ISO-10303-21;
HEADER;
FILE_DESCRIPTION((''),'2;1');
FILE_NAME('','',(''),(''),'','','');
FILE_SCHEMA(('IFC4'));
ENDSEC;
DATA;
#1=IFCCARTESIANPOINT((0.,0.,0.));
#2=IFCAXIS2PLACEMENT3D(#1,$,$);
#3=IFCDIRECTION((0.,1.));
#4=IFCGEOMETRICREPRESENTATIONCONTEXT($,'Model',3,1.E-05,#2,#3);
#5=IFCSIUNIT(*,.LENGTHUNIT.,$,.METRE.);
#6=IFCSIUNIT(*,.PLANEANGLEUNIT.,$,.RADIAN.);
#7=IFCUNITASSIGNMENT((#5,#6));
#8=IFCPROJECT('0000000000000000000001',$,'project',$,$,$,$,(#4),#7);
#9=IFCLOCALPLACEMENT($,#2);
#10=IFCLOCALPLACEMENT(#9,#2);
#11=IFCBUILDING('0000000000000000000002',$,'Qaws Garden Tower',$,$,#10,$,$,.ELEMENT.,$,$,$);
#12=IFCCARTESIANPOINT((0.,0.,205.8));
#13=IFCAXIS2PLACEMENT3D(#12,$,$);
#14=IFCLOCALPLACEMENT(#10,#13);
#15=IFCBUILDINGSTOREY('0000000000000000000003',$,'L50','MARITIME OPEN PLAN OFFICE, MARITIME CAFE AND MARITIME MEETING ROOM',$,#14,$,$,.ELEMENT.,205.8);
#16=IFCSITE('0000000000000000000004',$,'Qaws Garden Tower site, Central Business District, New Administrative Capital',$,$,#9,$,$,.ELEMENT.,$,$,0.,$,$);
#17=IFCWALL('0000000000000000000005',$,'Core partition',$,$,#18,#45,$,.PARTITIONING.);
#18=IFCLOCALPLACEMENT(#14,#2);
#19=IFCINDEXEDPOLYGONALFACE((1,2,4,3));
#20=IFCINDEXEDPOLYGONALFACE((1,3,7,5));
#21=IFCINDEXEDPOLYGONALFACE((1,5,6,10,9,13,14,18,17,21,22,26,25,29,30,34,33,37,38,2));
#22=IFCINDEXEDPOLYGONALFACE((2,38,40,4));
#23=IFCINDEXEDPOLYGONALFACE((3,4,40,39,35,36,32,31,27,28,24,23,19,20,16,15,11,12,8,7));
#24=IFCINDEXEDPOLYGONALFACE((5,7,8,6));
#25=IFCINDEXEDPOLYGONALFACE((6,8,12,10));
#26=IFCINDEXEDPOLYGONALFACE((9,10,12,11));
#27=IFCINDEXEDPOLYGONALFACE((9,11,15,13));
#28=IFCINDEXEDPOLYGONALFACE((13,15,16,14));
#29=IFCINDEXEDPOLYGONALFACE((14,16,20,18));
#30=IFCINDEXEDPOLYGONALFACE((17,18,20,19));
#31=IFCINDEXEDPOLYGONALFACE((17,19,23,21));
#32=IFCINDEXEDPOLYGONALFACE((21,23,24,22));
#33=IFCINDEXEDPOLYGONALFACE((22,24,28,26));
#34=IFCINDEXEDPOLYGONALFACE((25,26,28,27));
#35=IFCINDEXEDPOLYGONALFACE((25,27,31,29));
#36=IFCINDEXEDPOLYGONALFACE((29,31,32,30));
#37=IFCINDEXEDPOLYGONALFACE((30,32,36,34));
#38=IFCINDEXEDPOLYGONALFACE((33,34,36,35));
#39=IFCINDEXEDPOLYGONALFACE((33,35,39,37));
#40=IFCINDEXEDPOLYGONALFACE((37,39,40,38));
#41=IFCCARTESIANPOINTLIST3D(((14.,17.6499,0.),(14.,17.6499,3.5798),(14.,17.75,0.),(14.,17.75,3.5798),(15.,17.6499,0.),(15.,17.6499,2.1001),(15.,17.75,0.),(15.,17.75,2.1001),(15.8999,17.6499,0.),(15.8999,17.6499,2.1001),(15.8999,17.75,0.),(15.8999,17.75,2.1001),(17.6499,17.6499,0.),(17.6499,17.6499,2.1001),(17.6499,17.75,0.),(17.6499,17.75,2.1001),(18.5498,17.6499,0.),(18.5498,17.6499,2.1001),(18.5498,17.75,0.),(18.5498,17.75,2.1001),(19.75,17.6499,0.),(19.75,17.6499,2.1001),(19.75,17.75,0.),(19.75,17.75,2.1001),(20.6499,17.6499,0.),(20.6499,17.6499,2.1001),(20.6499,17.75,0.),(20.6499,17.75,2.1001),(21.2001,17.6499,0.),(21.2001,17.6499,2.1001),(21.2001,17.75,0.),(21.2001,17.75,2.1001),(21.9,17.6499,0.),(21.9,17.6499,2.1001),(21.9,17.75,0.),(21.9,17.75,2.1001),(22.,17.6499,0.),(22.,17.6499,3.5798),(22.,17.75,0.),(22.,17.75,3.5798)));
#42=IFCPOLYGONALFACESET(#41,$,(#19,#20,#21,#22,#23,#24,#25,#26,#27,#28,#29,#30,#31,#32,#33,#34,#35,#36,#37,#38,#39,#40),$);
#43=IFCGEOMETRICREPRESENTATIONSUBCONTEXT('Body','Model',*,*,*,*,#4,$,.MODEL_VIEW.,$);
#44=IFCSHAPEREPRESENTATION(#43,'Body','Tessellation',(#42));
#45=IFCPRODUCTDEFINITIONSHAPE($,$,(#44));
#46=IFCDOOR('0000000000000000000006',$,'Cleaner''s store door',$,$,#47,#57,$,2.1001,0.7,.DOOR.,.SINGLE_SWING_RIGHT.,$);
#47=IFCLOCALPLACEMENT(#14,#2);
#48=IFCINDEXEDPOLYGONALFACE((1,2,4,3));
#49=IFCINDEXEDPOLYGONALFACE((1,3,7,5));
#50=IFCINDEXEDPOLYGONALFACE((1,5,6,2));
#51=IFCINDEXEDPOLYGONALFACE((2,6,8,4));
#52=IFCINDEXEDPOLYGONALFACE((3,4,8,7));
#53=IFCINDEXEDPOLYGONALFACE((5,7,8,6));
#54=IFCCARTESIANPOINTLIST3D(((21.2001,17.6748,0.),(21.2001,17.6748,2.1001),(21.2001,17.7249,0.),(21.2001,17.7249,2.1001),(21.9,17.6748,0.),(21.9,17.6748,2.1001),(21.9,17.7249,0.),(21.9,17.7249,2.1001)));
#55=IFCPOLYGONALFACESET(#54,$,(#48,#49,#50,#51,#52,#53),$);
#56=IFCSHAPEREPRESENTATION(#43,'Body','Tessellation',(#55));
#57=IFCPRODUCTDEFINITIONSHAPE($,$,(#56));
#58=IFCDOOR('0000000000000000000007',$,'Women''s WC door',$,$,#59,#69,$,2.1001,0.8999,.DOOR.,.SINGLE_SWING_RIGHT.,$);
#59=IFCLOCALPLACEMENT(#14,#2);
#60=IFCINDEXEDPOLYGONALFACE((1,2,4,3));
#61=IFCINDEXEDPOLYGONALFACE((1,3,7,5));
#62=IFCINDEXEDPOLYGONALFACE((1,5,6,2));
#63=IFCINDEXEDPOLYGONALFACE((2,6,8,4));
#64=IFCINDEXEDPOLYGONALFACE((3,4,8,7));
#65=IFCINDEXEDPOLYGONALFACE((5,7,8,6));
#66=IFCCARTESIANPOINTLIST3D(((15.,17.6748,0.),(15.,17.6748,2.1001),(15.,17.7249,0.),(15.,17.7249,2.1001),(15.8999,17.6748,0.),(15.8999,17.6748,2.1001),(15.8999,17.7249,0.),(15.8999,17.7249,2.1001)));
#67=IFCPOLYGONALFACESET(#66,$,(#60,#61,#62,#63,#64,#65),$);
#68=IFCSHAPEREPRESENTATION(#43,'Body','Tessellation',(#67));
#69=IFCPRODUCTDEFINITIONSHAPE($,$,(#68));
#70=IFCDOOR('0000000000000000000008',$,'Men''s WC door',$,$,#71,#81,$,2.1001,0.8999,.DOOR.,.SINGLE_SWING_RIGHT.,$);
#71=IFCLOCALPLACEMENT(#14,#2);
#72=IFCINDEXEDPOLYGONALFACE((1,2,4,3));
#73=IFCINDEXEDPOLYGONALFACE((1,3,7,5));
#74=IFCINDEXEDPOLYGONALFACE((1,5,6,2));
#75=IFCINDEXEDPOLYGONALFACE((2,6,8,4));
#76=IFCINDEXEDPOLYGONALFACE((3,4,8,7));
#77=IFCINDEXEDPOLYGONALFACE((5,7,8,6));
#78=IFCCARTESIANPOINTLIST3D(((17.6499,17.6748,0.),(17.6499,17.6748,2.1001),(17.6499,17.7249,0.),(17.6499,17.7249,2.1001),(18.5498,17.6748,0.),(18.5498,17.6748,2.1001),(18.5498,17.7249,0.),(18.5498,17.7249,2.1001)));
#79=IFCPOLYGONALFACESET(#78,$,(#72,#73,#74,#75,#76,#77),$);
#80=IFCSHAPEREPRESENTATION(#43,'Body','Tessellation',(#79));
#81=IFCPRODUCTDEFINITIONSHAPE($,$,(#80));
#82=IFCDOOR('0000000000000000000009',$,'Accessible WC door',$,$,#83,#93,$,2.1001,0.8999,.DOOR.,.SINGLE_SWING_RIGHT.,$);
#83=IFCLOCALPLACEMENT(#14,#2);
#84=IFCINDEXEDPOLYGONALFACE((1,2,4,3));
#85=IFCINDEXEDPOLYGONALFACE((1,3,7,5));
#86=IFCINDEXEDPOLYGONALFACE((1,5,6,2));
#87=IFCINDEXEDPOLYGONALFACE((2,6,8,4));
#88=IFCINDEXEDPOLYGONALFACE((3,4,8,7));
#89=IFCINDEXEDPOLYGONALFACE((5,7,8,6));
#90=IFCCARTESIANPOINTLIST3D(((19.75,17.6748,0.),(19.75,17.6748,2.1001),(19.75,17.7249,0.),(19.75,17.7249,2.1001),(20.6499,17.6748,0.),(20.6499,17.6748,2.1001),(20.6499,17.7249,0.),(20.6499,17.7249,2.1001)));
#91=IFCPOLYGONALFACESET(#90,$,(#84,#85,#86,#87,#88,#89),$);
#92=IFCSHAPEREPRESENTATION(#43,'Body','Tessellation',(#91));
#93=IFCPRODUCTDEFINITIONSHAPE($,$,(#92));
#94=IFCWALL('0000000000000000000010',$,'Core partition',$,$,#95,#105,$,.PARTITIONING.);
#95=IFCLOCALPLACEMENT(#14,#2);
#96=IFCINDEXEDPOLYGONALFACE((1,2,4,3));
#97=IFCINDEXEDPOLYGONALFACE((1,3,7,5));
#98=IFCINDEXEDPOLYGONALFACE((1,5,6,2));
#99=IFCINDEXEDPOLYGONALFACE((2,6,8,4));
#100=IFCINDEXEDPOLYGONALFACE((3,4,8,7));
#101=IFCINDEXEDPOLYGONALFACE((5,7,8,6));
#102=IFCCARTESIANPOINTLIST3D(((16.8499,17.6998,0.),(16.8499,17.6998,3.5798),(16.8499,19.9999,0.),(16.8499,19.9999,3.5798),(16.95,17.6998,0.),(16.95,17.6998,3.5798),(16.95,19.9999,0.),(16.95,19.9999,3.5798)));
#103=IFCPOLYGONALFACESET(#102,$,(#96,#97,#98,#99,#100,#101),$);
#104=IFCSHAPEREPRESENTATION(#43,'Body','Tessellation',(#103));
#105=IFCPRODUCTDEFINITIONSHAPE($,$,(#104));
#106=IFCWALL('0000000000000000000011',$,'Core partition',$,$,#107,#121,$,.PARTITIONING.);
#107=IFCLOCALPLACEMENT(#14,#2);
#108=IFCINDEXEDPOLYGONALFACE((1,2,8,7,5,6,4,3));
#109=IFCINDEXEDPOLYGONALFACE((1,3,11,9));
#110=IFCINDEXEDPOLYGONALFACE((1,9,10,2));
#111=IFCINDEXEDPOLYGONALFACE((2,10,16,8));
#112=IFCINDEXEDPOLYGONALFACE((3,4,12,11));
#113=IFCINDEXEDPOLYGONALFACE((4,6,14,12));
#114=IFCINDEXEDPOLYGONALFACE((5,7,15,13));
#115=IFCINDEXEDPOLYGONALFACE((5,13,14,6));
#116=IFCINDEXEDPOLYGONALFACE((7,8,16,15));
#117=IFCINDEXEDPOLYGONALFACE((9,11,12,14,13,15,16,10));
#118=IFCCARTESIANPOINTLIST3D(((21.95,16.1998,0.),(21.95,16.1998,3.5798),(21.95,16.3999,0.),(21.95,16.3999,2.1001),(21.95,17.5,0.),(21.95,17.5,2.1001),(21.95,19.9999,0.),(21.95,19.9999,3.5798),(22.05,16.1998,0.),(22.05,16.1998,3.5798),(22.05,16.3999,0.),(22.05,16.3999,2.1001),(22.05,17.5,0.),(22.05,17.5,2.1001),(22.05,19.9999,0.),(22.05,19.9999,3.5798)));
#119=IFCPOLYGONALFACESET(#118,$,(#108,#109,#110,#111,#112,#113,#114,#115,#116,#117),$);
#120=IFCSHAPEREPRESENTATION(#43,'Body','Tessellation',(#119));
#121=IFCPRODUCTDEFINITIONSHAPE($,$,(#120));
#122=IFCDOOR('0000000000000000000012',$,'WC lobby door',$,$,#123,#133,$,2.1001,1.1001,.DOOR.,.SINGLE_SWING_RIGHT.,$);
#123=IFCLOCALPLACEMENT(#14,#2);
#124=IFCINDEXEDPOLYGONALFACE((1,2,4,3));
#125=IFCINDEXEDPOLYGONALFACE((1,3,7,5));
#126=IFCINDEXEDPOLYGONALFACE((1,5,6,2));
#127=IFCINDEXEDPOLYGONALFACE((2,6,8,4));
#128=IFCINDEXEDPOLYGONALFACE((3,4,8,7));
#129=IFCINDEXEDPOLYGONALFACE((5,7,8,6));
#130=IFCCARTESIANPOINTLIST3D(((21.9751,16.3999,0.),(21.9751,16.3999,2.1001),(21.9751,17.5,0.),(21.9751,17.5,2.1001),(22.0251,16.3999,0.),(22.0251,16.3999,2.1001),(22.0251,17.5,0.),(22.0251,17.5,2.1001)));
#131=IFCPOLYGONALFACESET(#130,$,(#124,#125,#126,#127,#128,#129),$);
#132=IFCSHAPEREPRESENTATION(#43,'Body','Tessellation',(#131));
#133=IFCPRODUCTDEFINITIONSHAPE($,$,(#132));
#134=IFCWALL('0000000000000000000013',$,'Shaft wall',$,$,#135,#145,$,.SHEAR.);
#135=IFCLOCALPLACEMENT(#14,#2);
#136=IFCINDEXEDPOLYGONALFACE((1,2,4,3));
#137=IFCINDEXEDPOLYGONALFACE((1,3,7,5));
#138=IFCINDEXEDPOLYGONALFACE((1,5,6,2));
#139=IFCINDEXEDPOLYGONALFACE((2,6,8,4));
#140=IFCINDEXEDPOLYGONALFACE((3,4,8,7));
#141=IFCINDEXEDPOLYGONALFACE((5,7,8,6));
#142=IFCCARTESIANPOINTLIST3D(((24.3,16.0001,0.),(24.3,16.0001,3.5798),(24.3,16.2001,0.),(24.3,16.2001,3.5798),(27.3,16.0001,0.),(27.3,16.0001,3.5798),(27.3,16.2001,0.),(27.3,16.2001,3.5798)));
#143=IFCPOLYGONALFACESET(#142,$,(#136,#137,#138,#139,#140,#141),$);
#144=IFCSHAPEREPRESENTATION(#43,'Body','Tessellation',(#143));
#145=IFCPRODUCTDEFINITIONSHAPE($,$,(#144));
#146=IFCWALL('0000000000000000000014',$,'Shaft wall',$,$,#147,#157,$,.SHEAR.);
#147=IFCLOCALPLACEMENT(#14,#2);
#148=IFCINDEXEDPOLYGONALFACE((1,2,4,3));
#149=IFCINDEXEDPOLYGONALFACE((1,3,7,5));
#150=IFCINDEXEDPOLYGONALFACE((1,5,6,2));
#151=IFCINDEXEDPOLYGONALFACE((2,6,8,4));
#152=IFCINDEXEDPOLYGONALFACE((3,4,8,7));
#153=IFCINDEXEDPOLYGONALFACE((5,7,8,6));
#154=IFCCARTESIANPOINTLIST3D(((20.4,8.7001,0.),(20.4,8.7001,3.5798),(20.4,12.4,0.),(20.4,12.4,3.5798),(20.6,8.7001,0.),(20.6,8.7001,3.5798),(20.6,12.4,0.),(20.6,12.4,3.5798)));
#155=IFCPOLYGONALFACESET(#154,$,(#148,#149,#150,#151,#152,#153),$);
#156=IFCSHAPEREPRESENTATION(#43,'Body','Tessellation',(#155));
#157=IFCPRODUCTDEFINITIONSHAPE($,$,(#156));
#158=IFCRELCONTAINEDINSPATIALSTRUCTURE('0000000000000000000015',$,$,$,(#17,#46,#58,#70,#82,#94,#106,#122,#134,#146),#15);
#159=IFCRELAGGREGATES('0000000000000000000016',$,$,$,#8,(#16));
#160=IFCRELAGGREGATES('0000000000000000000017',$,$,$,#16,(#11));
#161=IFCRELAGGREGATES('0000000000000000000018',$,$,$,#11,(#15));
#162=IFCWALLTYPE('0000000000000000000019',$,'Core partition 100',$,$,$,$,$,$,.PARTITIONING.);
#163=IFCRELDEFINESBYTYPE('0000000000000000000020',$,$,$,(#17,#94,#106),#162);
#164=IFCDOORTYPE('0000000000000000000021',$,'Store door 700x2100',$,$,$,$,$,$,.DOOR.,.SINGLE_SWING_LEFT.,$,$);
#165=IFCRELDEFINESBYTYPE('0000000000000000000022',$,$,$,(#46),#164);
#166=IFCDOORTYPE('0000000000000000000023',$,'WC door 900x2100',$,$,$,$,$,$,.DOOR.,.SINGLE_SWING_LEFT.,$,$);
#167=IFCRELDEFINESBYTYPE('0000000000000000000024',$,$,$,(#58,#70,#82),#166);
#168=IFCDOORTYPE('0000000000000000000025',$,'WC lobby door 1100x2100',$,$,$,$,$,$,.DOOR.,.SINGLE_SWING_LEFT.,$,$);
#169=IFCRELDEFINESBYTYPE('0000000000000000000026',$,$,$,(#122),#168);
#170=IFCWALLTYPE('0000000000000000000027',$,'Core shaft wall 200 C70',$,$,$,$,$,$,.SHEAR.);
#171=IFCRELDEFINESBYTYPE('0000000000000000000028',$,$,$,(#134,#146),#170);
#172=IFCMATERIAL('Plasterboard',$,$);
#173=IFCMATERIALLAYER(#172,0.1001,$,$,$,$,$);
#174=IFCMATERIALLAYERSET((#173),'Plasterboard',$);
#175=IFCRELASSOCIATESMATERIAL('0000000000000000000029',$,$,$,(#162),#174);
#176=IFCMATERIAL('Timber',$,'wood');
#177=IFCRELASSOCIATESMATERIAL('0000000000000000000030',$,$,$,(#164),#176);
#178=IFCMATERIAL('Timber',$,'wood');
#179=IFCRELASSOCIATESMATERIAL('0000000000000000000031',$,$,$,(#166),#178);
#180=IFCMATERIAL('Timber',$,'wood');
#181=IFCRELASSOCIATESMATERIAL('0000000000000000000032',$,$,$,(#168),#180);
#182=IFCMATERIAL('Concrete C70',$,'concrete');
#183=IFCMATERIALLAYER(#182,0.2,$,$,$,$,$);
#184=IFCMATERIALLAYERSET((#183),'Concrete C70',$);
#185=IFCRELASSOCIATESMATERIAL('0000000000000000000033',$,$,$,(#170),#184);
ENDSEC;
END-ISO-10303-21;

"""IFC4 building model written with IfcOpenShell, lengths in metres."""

from ifc_helpers import new_model, si_unit, direction, frame, frame_2d, origin, place, context, subcontext, project, spatial, rectangle, extrude, material, layer, layer_set, type_object, element, fill, save


model = new_model("IFC4")

# Units and contexts
model_context = context("Model", 3, precision=1e-05, world=origin(), true_north=direction((0.0, 1.0)))
body_context = subcontext(model_context, "Body", "Model", "MODEL_VIEW")
ifc_project = project(units=[si_unit("LENGTHUNIT", "METRE"), si_unit("PLANEANGLEUNIT", "RADIAN")], contexts=[model_context])

# Site, building, storey
site_placement = place(None, origin())
site = spatial("IfcSite", under=ifc_project, at=site_placement, Name="Qaws Garden Tower site, Central Business District, New Administrative Capital", CompositionType="ELEMENT", RefElevation=0.0)
building_placement = place(site_placement, origin())
building = spatial("IfcBuilding", under=site, at=building_placement, Name="Qaws Garden Tower", CompositionType="ELEMENT")
storey_placement = place(building_placement, frame((0.0, 0.0, 205.8)))
storey = spatial("IfcBuildingStorey", under=building, at=storey_placement, Name="L50", Description="MARITIME OPEN PLAN OFFICE, MARITIME CAFE AND MARITIME MEETING ROOM", CompositionType="ELEMENT", Elevation=205.8)

# Wall, openings, doors
ifc_material_1 = material(Name="Plasterboard")
ifc_layer_1 = layer(ifc_material_1, 0.1001)
ifc_layer_set_1 = layer_set([ifc_layer_1], Name="Plasterboard")
wall_type_1 = type_object("IfcWallType", Name="Core partition 100", PredefinedType="PARTITIONING", material=ifc_layer_set_1)
wall_1_placement = place(storey_placement, frame((14.0, 17.7, 0.0), z_axis=(0.0, 0.0, 1.0), x_axis=(1.0, 0.0, 0.0)))
wall_1 = element("IfcWall", 1, at=wall_1_placement, inside=storey, type_object=wall_type_1, Name="Core partition", PredefinedType="PARTITIONING", context=body_context, shape_type="SweptSolid", body=[
    extrude(rectangle(XDim=8.0, YDim=0.1001, at=frame_2d((4.0, 0.0))), origin(), (0.0, 0.0, 1.0), 3.5798),
])
opening_1_placement = place(wall_1_placement, frame((1.0, 0.0, 0.0)))
opening_1 = element("IfcOpeningElement", 2, at=opening_1_placement, cuts=wall_1, PredefinedType="OPENING", context=body_context, shape_type="SweptSolid", body=[
    extrude(rectangle(XDim=0.8999, YDim=2.1001, at=frame_2d((0.45, 1.05))), frame((0.0, 0.0601, 0.0), z_axis=(0.0, -1.0, 0.0), x_axis=(1.0, 0.0, 0.0)), (0.0, 0.0, 1.0), 0.1201),
])
opening_2_placement = place(wall_1_placement, frame((3.6499, 0.0, 0.0)))
opening_2 = element("IfcOpeningElement", 3, at=opening_2_placement, cuts=wall_1, PredefinedType="OPENING", context=body_context, shape_type="SweptSolid", body=[
    extrude(rectangle(XDim=0.8999, YDim=2.1001, at=frame_2d((0.45, 1.05))), frame((0.0, 0.0601, 0.0), z_axis=(0.0, -1.0, 0.0), x_axis=(1.0, 0.0, 0.0)), (0.0, 0.0, 1.0), 0.1201),
])
opening_3_placement = place(wall_1_placement, frame((5.75, 0.0, 0.0)))
opening_3 = element("IfcOpeningElement", 4, at=opening_3_placement, cuts=wall_1, PredefinedType="OPENING", context=body_context, shape_type="SweptSolid", body=[
    extrude(rectangle(XDim=0.8999, YDim=2.1001, at=frame_2d((0.45, 1.05))), frame((0.0, 0.0601, 0.0), z_axis=(0.0, -1.0, 0.0), x_axis=(1.0, 0.0, 0.0)), (0.0, 0.0, 1.0), 0.1201),
])
opening_4_placement = place(wall_1_placement, frame((7.2, 0.0, 0.0)))
opening_4 = element("IfcOpeningElement", 5, at=opening_4_placement, cuts=wall_1, PredefinedType="OPENING", context=body_context, shape_type="SweptSolid", body=[
    extrude(rectangle(XDim=0.7, YDim=2.1001, at=frame_2d((0.3501, 1.05))), frame((0.0, 0.0601, 0.0), z_axis=(0.0, -1.0, 0.0), x_axis=(1.0, 0.0, 0.0)), (0.0, 0.0, 1.0), 0.1201),
])
ifc_material_2 = material(Name="Timber", Category="wood")
door_type_1 = type_object("IfcDoorType", Name="Store door 700x2100", OperationType="SINGLE_SWING_LEFT", PredefinedType="DOOR", material=ifc_material_2)
door_1_placement = place(opening_4_placement, origin())
door_1 = element("IfcDoor", 6, at=door_1_placement, inside=storey, type_object=door_type_1, Name="Cleaner's store door", OperationType="SINGLE_SWING_RIGHT", OverallHeight=2.1001, OverallWidth=0.7, PredefinedType="DOOR", context=body_context, shape_type="SweptSolid", body=[
    extrude(rectangle(XDim=0.7, YDim=2.1001, at=frame_2d((0.3501, 1.05))), frame((0.0, 0.0249, 0.0), z_axis=(0.0, -1.0, 0.0), x_axis=(1.0, 0.0, 0.0)), (0.0, 0.0, 1.0), 0.05),
])
fill(opening_4, door_1)
ifc_material_3 = material(Name="Timber", Category="wood")
door_type_2 = type_object("IfcDoorType", Name="WC door 900x2100", OperationType="SINGLE_SWING_LEFT", PredefinedType="DOOR", material=ifc_material_3)
door_2_placement = place(opening_1_placement, origin())
door_2 = element("IfcDoor", 7, at=door_2_placement, inside=storey, type_object=door_type_2, Name="Women's WC door", OperationType="SINGLE_SWING_RIGHT", OverallHeight=2.1001, OverallWidth=0.8999, PredefinedType="DOOR", context=body_context, shape_type="SweptSolid", body=[
    extrude(rectangle(XDim=0.8999, YDim=2.1001, at=frame_2d((0.45, 1.05))), frame((0.0, 0.0249, 0.0), z_axis=(0.0, -1.0, 0.0), x_axis=(1.0, 0.0, 0.0)), (0.0, 0.0, 1.0), 0.05),
])
fill(opening_1, door_2)
door_3_placement = place(opening_2_placement, origin())
door_3 = element("IfcDoor", 8, at=door_3_placement, inside=storey, type_object=door_type_2, Name="Men's WC door", OperationType="SINGLE_SWING_RIGHT", OverallHeight=2.1001, OverallWidth=0.8999, PredefinedType="DOOR", context=body_context, shape_type="SweptSolid", body=[
    extrude(rectangle(XDim=0.8999, YDim=2.1001, at=frame_2d((0.45, 1.05))), frame((0.0, 0.0249, 0.0), z_axis=(0.0, -1.0, 0.0), x_axis=(1.0, 0.0, 0.0)), (0.0, 0.0, 1.0), 0.05),
])
fill(opening_2, door_3)
door_4_placement = place(opening_3_placement, origin())
door_4 = element("IfcDoor", 9, at=door_4_placement, inside=storey, type_object=door_type_2, Name="Accessible WC door", OperationType="SINGLE_SWING_RIGHT", OverallHeight=2.1001, OverallWidth=0.8999, PredefinedType="DOOR", context=body_context, shape_type="SweptSolid", body=[
    extrude(rectangle(XDim=0.8999, YDim=2.1001, at=frame_2d((0.45, 1.05))), frame((0.0, 0.0249, 0.0), z_axis=(0.0, -1.0, 0.0), x_axis=(1.0, 0.0, 0.0)), (0.0, 0.0, 1.0), 0.05),
])
fill(opening_3, door_4)

# Wall
wall_2_placement = place(storey_placement, frame((16.8999, 17.7, 0.0), z_axis=(0.0, 0.0, 1.0), x_axis=(0.0, 1.0, 0.0)))
element("IfcWall", 10, at=wall_2_placement, inside=storey, type_object=wall_type_1, Name="Core partition", PredefinedType="PARTITIONING", context=body_context, shape_type="SweptSolid", body=[
    extrude(rectangle(XDim=2.3, YDim=0.1001, at=frame_2d((1.1499, 0.0))), origin(), (0.0, 0.0, 1.0), 3.5798),
])

# Wall, opening, door
wall_3_placement = place(storey_placement, frame((22.0, 16.2, 0.0), z_axis=(0.0, 0.0, 1.0), x_axis=(0.0, 1.0, 0.0)))
wall_3 = element("IfcWall", 11, at=wall_3_placement, inside=storey, type_object=wall_type_1, Name="Core partition", PredefinedType="PARTITIONING", context=body_context, shape_type="SweptSolid", body=[
    extrude(rectangle(XDim=3.8, YDim=0.1001, at=frame_2d((1.8999, 0.0))), origin(), (0.0, 0.0, 1.0), 3.5798),
])
opening_5_placement = place(wall_3_placement, frame((0.2, 0.0, 0.0)))
opening_5 = element("IfcOpeningElement", 12, at=opening_5_placement, cuts=wall_3, PredefinedType="OPENING", context=body_context, shape_type="SweptSolid", body=[
    extrude(rectangle(XDim=1.1001, YDim=2.1001, at=frame_2d((0.55, 1.05))), frame((0.0, 0.0601, 0.0), z_axis=(0.0, -1.0, 0.0), x_axis=(1.0, 0.0, 0.0)), (0.0, 0.0, 1.0), 0.1201),
])
ifc_material_4 = material(Name="Timber", Category="wood")
door_type_3 = type_object("IfcDoorType", Name="WC lobby door 1100x2100", OperationType="SINGLE_SWING_LEFT", PredefinedType="DOOR", material=ifc_material_4)
door_5_placement = place(opening_5_placement, origin())
door_5 = element("IfcDoor", 13, at=door_5_placement, inside=storey, type_object=door_type_3, Name="WC lobby door", OperationType="SINGLE_SWING_RIGHT", OverallHeight=2.1001, OverallWidth=1.1001, PredefinedType="DOOR", context=body_context, shape_type="SweptSolid", body=[
    extrude(rectangle(XDim=1.1001, YDim=2.1001, at=frame_2d((0.55, 1.05))), frame((0.0, 0.0249, 0.0), z_axis=(0.0, -1.0, 0.0), x_axis=(1.0, 0.0, 0.0)), (0.0, 0.0, 1.0), 0.05),
])
fill(opening_5, door_5)

# Walls
ifc_material_5 = material(Name="Concrete C70", Category="concrete")
ifc_layer_2 = layer(ifc_material_5, 0.2)
ifc_layer_set_2 = layer_set([ifc_layer_2], Name="Concrete C70")
wall_type_2 = type_object("IfcWallType", Name="Core shaft wall 200 C70", PredefinedType="SHEAR", material=ifc_layer_set_2)
wall_4_placement = place(storey_placement, frame((24.3, 16.1001, 0.0), z_axis=(0.0, 0.0, 1.0), x_axis=(1.0, 0.0, 0.0)))
element("IfcWall", 14, at=wall_4_placement, inside=storey, type_object=wall_type_2, Name="Shaft wall", PredefinedType="SHEAR", context=body_context, shape_type="SweptSolid", body=[
    extrude(rectangle(XDim=3.0, YDim=0.2, at=frame_2d((1.5, 0.0))), origin(), (0.0, 0.0, 1.0), 3.5798),
])
wall_5_placement = place(storey_placement, frame((20.5, 8.7, 0.0), z_axis=(0.0, 0.0, 1.0), x_axis=(0.0, 1.0, 0.0)))
element("IfcWall", 15, at=wall_5_placement, inside=storey, type_object=wall_type_2, Name="Shaft wall", PredefinedType="SHEAR", context=body_context, shape_type="SweptSolid", body=[
    extrude(rectangle(XDim=3.7, YDim=0.2, at=frame_2d((1.8501, 0.0))), origin(), (0.0, 0.0, 1.0), 3.5798),
])

save(model, "model.ifc")
